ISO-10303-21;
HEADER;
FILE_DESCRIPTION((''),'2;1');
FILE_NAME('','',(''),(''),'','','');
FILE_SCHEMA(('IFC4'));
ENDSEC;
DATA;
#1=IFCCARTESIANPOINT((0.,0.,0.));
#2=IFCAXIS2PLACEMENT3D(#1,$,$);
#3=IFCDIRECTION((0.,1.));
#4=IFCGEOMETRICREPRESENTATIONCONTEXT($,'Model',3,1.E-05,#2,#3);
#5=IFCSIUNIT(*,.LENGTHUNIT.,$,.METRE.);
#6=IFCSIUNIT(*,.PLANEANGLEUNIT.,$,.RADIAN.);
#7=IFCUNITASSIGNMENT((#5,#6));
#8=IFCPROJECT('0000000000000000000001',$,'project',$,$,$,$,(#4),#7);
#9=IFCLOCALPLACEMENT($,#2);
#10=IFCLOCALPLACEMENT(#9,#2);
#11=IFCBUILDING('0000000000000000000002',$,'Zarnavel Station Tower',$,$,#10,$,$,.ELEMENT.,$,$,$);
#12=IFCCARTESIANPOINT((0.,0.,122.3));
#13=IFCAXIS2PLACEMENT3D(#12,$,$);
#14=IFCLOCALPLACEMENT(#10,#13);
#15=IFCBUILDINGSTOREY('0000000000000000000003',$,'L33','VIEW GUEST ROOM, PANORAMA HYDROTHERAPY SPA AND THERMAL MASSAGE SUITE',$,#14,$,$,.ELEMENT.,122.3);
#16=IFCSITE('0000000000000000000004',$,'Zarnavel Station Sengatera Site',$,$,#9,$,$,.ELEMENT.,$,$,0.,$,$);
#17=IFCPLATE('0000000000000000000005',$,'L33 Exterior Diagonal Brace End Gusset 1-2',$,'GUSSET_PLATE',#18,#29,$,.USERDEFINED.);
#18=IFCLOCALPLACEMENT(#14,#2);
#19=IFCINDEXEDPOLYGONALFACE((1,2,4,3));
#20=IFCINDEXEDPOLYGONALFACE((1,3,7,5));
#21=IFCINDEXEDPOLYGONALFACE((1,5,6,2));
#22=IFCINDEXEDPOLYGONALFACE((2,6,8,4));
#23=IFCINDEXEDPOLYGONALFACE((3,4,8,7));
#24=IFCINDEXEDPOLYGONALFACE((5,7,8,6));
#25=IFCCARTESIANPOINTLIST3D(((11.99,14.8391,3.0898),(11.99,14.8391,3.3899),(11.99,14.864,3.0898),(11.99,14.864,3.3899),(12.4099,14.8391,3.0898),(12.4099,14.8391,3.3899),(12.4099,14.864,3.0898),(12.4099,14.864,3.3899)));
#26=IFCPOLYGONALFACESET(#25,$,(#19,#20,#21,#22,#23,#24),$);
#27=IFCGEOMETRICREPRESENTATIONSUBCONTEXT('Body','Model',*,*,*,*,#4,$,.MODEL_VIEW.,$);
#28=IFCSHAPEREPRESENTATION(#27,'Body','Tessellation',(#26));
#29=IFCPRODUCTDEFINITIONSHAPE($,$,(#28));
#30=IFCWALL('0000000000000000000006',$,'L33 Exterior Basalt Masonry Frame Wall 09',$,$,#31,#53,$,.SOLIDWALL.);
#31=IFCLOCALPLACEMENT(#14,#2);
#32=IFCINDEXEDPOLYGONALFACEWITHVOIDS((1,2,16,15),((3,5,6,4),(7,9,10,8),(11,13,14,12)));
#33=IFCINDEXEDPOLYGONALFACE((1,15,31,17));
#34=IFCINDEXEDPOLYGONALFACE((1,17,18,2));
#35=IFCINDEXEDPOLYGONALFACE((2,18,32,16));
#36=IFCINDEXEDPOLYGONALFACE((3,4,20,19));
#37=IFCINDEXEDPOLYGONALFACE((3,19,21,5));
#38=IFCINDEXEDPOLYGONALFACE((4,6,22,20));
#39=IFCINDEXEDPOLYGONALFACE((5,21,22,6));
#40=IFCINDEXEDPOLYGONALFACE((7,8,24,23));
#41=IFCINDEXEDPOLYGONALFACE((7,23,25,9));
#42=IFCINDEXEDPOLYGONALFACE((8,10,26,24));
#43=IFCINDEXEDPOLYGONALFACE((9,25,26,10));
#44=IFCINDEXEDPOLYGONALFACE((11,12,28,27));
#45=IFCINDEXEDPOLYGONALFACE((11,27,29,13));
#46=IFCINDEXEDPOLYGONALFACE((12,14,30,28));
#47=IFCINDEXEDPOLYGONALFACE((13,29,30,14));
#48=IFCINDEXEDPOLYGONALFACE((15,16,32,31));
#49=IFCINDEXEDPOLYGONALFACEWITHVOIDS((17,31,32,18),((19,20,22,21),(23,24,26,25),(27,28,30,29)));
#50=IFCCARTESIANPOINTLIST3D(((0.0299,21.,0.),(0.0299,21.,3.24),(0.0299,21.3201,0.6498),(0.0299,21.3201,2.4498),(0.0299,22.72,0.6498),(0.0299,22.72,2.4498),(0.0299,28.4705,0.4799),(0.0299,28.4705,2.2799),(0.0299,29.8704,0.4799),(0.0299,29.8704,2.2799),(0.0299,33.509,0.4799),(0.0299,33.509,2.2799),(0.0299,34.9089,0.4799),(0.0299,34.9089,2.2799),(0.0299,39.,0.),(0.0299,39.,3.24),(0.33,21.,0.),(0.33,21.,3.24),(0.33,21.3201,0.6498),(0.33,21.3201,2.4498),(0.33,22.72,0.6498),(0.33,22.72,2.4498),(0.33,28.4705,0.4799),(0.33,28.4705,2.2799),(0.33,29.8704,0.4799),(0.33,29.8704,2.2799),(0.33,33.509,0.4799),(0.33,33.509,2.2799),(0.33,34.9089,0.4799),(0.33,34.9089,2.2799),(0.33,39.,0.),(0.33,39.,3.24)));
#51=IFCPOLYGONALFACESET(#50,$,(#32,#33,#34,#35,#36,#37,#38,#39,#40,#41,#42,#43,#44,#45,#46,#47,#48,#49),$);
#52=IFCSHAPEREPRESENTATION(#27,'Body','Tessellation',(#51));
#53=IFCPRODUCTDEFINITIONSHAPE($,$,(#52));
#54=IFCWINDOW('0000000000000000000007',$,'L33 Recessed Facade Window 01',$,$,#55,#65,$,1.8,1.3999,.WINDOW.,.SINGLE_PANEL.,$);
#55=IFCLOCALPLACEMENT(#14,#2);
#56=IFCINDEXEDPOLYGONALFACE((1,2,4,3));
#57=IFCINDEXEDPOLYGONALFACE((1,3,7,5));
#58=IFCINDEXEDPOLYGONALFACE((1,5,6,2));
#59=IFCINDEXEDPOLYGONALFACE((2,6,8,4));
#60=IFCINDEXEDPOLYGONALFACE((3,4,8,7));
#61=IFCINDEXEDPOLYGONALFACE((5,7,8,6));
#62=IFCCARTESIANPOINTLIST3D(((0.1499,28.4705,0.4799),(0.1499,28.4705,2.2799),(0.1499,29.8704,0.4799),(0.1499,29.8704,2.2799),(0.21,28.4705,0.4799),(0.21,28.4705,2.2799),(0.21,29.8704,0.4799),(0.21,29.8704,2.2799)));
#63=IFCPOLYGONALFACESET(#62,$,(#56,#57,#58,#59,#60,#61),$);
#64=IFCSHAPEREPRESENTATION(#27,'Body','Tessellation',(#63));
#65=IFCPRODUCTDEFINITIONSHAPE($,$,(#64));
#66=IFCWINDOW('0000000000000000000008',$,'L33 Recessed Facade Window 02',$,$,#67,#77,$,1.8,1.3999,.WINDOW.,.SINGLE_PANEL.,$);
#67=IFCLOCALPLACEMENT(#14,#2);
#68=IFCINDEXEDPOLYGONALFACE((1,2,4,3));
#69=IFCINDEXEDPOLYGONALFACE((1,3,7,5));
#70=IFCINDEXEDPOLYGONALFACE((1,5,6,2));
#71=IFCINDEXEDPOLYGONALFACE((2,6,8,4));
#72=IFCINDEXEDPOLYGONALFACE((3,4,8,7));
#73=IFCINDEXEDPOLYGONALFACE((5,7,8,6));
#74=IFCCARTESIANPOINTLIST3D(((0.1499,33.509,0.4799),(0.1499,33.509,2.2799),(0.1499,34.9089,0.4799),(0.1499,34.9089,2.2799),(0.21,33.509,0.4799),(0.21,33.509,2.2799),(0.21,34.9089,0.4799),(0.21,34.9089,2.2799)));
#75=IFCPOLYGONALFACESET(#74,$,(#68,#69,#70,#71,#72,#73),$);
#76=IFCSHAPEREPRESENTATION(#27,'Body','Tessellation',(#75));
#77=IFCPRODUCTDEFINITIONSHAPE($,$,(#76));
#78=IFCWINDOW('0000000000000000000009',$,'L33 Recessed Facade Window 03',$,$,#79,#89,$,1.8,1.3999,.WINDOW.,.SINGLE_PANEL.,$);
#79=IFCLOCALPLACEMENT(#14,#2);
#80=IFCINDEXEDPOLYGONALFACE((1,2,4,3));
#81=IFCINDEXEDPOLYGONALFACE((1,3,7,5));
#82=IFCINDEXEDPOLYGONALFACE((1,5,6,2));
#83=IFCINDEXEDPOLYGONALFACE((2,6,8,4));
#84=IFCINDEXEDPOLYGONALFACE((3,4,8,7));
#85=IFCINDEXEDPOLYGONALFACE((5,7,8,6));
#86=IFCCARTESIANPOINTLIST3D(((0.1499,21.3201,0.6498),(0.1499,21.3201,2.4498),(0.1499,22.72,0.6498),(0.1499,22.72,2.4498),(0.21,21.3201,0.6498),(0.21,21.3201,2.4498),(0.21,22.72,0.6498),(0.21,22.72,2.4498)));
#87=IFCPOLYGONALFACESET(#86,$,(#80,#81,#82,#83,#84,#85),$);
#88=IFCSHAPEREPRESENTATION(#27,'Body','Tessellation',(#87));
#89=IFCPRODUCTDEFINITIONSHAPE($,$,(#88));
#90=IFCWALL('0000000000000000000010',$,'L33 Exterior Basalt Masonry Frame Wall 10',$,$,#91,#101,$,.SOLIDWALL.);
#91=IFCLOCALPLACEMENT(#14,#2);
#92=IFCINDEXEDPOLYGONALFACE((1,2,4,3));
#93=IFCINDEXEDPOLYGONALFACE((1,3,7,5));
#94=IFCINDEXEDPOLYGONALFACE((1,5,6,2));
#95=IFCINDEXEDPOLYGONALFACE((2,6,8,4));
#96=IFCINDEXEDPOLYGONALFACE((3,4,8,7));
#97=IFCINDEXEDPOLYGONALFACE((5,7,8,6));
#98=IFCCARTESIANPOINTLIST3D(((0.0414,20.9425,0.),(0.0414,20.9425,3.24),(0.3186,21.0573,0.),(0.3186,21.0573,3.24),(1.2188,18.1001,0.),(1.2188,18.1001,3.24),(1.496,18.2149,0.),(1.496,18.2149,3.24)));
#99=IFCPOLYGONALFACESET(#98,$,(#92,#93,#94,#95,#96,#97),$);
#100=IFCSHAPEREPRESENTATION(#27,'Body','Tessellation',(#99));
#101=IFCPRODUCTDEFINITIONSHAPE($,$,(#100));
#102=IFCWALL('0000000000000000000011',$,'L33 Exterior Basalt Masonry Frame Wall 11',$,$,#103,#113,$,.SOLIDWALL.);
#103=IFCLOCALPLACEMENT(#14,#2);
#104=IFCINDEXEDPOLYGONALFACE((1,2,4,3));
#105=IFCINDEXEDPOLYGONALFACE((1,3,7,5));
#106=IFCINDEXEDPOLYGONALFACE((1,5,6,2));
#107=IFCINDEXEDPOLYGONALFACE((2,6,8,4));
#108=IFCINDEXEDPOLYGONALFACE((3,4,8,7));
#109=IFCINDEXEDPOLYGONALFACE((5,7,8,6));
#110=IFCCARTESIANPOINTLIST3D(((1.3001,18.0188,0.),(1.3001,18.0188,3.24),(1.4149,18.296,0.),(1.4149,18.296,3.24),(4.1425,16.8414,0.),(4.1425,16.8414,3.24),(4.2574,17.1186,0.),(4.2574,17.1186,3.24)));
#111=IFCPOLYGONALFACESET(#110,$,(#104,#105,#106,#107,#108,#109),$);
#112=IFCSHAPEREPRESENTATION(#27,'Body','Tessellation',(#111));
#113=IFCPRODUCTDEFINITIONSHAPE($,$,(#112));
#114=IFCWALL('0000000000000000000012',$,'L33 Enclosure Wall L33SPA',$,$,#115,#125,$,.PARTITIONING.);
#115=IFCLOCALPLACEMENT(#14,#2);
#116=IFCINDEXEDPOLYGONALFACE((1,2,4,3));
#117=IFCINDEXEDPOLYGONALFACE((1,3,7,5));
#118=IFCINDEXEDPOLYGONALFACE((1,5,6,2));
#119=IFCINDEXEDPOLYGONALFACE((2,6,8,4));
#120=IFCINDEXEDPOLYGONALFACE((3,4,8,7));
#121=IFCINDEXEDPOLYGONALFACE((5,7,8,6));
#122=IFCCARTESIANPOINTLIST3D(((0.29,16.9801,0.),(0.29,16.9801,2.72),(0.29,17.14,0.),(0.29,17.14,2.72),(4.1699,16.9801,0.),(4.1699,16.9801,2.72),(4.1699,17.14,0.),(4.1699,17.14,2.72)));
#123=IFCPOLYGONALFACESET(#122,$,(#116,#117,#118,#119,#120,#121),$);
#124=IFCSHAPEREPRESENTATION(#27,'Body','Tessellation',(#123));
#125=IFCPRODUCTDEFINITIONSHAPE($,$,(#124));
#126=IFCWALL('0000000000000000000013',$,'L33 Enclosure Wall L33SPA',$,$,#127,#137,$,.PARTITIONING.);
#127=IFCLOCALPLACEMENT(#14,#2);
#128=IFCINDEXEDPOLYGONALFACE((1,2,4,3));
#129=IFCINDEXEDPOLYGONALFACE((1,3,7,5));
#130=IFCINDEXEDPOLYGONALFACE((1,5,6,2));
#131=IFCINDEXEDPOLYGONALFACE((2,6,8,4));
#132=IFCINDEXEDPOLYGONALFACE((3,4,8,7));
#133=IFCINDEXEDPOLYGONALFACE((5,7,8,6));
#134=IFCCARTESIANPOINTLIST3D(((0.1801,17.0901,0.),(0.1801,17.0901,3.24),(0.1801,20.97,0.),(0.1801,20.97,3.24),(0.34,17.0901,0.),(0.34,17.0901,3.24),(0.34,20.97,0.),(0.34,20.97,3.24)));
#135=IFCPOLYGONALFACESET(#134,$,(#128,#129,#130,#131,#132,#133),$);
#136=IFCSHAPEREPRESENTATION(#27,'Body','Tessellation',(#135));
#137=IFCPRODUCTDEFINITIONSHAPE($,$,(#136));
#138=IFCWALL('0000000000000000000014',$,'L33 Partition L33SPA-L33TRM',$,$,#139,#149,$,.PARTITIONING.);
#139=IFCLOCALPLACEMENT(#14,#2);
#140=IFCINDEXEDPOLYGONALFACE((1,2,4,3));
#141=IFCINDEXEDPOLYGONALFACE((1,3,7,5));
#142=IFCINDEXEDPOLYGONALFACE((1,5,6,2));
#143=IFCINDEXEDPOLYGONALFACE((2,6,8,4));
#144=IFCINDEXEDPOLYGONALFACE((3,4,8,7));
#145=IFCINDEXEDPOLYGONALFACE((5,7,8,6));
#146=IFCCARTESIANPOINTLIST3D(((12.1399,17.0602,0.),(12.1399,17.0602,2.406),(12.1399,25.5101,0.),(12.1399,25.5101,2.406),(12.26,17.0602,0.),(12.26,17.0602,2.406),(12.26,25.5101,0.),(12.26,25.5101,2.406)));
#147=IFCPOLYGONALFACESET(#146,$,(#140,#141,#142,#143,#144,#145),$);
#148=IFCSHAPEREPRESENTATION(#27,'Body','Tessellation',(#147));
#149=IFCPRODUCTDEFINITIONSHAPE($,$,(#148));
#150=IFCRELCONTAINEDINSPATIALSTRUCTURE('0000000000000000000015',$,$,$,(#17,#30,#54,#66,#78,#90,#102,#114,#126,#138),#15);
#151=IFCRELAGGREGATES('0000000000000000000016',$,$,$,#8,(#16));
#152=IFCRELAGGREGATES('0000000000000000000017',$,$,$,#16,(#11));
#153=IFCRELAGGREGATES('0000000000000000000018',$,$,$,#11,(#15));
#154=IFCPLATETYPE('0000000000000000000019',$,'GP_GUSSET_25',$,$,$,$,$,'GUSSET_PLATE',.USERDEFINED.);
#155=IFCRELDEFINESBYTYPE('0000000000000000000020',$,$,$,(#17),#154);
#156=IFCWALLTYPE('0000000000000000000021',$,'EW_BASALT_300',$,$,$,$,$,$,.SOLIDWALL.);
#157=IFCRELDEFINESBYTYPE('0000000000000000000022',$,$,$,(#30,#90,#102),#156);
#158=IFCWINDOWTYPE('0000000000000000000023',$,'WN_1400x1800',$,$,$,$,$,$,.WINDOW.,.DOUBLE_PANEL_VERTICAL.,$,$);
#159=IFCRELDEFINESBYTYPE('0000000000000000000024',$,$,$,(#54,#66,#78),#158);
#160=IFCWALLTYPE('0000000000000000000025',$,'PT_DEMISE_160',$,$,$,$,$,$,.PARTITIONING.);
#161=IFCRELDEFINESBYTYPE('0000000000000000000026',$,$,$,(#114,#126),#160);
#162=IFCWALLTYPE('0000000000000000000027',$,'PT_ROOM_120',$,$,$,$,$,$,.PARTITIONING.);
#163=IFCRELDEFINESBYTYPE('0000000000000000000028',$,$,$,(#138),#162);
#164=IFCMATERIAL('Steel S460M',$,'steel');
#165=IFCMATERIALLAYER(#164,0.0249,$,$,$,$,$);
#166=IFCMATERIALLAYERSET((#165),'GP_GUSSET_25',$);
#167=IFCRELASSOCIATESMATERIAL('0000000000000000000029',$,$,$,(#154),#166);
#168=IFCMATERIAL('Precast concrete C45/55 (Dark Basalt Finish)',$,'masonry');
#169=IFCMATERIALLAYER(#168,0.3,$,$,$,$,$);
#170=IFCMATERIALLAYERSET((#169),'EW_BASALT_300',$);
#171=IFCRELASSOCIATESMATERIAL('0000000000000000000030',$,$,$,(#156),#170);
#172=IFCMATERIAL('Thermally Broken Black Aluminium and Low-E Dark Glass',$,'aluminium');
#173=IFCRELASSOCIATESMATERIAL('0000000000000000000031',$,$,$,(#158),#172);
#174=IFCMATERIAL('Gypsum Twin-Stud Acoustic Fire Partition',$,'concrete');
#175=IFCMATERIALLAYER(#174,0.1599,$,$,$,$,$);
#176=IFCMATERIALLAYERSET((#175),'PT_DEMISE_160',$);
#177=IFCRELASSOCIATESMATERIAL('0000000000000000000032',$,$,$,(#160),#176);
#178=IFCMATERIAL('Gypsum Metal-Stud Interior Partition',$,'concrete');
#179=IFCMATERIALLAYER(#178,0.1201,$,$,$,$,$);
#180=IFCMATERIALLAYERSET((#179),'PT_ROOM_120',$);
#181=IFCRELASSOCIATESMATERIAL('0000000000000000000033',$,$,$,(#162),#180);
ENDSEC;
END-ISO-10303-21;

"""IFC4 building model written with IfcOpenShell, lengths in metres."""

from ifc_helpers import new_model, si_unit, direction, frame, frame_2d, origin, origin_2d, place, context, subcontext, project, spatial, rectangle, extrude, material, layer, layer_set, type_object, element, fill, save


model = new_model("IFC4")

# Units and contexts
model_context = context("Model", 3, precision=1e-05, world=origin(), true_north=direction((0.0, 1.0)))
body_context = subcontext(model_context, "Body", "Model", "MODEL_VIEW")
ifc_project = project(units=[si_unit("LENGTHUNIT", "METRE"), si_unit("PLANEANGLEUNIT", "RADIAN")], contexts=[model_context])

# Site, building, storey
site_placement = place(None, origin())
site = spatial("IfcSite", under=ifc_project, at=site_placement, Name="Zarnavel Station Sengatera Site", CompositionType="ELEMENT", RefElevation=0.0)
building_placement = place(site_placement, origin())
building = spatial("IfcBuilding", under=site, at=building_placement, Name="Zarnavel Station Tower", CompositionType="ELEMENT")
storey_placement = place(building_placement, frame((0.0, 0.0, 122.3)))
storey = spatial("IfcBuildingStorey", under=building, at=storey_placement, Name="L33", Description="VIEW GUEST ROOM, PANORAMA HYDROTHERAPY SPA AND THERMAL MASSAGE SUITE", CompositionType="ELEMENT", Elevation=122.3)

# Plate
ifc_material_1 = material(Name="Steel S460M", Category="steel")
ifc_layer_1 = layer(ifc_material_1, 0.0249)
ifc_layer_set_1 = layer_set([ifc_layer_1], Name="GP_GUSSET_25")
plate_type = type_object("IfcPlateType", Name="GP_GUSSET_25", ElementType="GUSSET_PLATE", PredefinedType="USERDEFINED", material=ifc_layer_set_1)
plate_placement = place(storey_placement, frame((12.2, 14.8516, 3.0898), z_axis=(0.0, 0.0, 1.0), x_axis=(1.0, 0.0, 0.0)))
element("IfcPlate", 1, at=plate_placement, inside=storey, type_object=plate_type, Name="L33 Exterior Diagonal Brace End Gusset 1-2", ObjectType="GUSSET_PLATE", PredefinedType="USERDEFINED", context=body_context, shape_type="SweptSolid", body=[
    extrude(rectangle(XDim=0.4199, YDim=0.0249, at=origin_2d()), origin(), (0.0, 0.0, 1.0), 0.3),
])

# Wall, openings, windows
ifc_material_2 = material(Name="Precast concrete C45/55 (Dark Basalt Finish)", Category="masonry")
ifc_layer_2 = layer(ifc_material_2, 0.3)
ifc_layer_set_2 = layer_set([ifc_layer_2], Name="EW_BASALT_300")
wall_type_1 = type_object("IfcWallType", Name="EW_BASALT_300", PredefinedType="SOLIDWALL", material=ifc_layer_set_2)
wall_1_placement = place(storey_placement, frame((0.1799, 21.0, 0.0), z_axis=(0.0, 0.0, 1.0), x_axis=(0.0, 1.0, 0.0)))
wall_1 = element("IfcWall", 2, at=wall_1_placement, inside=storey, type_object=wall_type_1, Name="L33 Exterior Basalt Masonry Frame Wall 09", PredefinedType="SOLIDWALL", context=body_context, shape_type="SweptSolid", body=[
    extrude(rectangle(XDim=18.0, YDim=0.3, at=frame_2d((9.0, 0.0))), origin(), (0.0, 0.0, 1.0), 3.24),
])
opening_1_placement = place(wall_1_placement, frame((7.4705, 0.0, 0.48)))
opening_1 = element("IfcOpeningElement", 3, at=opening_1_placement, cuts=wall_1, PredefinedType="OPENING", context=body_context, shape_type="SweptSolid", body=[
    extrude(rectangle(XDim=1.3999, YDim=1.8, at=frame_2d((0.7, 0.8999))), frame((0.0, 0.1599, 0.0), z_axis=(0.0, -1.0, 0.0), x_axis=(1.0, 0.0, 0.0)), (0.0, 0.0, 1.0), 0.3201),
])
opening_2_placement = place(wall_1_placement, frame((12.509, 0.0, 0.48)))
opening_2 = element("IfcOpeningElement", 4, at=opening_2_placement, cuts=wall_1, PredefinedType="OPENING", context=body_context, shape_type="SweptSolid", body=[
    extrude(rectangle(XDim=1.3999, YDim=1.8, at=frame_2d((0.7, 0.8999))), frame((0.0, 0.1599, 0.0), z_axis=(0.0, -1.0, 0.0), x_axis=(1.0, 0.0, 0.0)), (0.0, 0.0, 1.0), 0.3201),
])
opening_3_placement = place(wall_1_placement, frame((0.3201, 0.0, 0.6499)))
opening_3 = element("IfcOpeningElement", 5, at=opening_3_placement, cuts=wall_1, PredefinedType="OPENING", context=body_context, shape_type="SweptSolid", body=[
    extrude(rectangle(XDim=1.3999, YDim=1.8, at=frame_2d((0.7, 0.8999))), frame((0.0, 0.1599, 0.0), z_axis=(0.0, -1.0, 0.0), x_axis=(1.0, 0.0, 0.0)), (0.0, 0.0, 1.0), 0.3201),
])
ifc_material_3 = material(Name="Thermally Broken Black Aluminium and Low-E Dark Glass", Category="aluminium")
window_type = type_object("IfcWindowType", Name="WN_1400x1800", PartitioningType="DOUBLE_PANEL_VERTICAL", PredefinedType="WINDOW", material=ifc_material_3)
window_1_placement = place(opening_1_placement, origin())
window_1 = element("IfcWindow", 6, at=window_1_placement, inside=storey, type_object=window_type, Name="L33 Recessed Facade Window 01", OverallHeight=1.8, OverallWidth=1.3999, PartitioningType="SINGLE_PANEL", PredefinedType="WINDOW", context=body_context, shape_type="SweptSolid", body=[
    extrude(rectangle(XDim=1.3999, YDim=1.8, at=frame_2d((0.7, 0.8999))), frame((0.0, 0.03, 0.0), z_axis=(0.0, -1.0, 0.0), x_axis=(1.0, 0.0, 0.0)), (0.0, 0.0, 1.0), 0.0601),
])
fill(opening_1, window_1)
window_2_placement = place(opening_2_placement, origin())
window_2 = element("IfcWindow", 7, at=window_2_placement, inside=storey, type_object=window_type, Name="L33 Recessed Facade Window 02", OverallHeight=1.8, OverallWidth=1.3999, PartitioningType="SINGLE_PANEL", PredefinedType="WINDOW", context=body_context, shape_type="SweptSolid", body=[
    extrude(rectangle(XDim=1.3999, YDim=1.8, at=frame_2d((0.7, 0.8999))), frame((0.0, 0.03, 0.0), z_axis=(0.0, -1.0, 0.0), x_axis=(1.0, 0.0, 0.0)), (0.0, 0.0, 1.0), 0.0601),
])
fill(opening_2, window_2)
window_3_placement = place(opening_3_placement, origin())
window_3 = element("IfcWindow", 8, at=window_3_placement, inside=storey, type_object=window_type, Name="L33 Recessed Facade Window 03", OverallHeight=1.8, OverallWidth=1.3999, PartitioningType="SINGLE_PANEL", PredefinedType="WINDOW", context=body_context, shape_type="SweptSolid", body=[
    extrude(rectangle(XDim=1.3999, YDim=1.8, at=frame_2d((0.7, 0.8999))), frame((0.0, 0.03, 0.0), z_axis=(0.0, -1.0, 0.0), x_axis=(1.0, 0.0, 0.0)), (0.0, 0.0, 1.0), 0.0601),
])
fill(opening_3, window_3)

# Walls
for number, where, z_axis, x_axis, name in (
    (9, (1.3574, 18.1575, 0.0), (0.0, 0.0, 1.0), (-0.382705, 0.923871, 0.0), "L33 Exterior Basalt Masonry Frame Wall 10"),
    (10, (4.2, 16.98, 0.0), (0.0, 0.0, 1.0), (-0.923871, 0.382705, 0.0), "L33 Exterior Basalt Masonry Frame Wall 11"),
):
    element("IfcWall", number, at=place(storey_placement, frame(where, z_axis=z_axis, x_axis=x_axis)), inside=storey, type_object=wall_type_1, Name=name, PredefinedType="SOLIDWALL", context=body_context, shape_type="SweptSolid", body=[
        extrude(rectangle(XDim=3.0767, YDim=0.3, at=frame_2d((1.5383, 0.0))), origin(), (0.0, 0.0, 1.0), 3.24),
    ])
ifc_material_4 = material(Name="Gypsum Twin-Stud Acoustic Fire Partition", Category="concrete")
ifc_layer_3 = layer(ifc_material_4, 0.1599)
ifc_layer_set_3 = layer_set([ifc_layer_3], Name="PT_DEMISE_160")
wall_type_2 = type_object("IfcWallType", Name="PT_DEMISE_160", PredefinedType="PARTITIONING", material=ifc_layer_set_3)
wall_2_placement = place(storey_placement, frame((0.29, 17.0601, 0.0), z_axis=(0.0, 0.0, 1.0), x_axis=(1.0, 0.0, 0.0)))
element("IfcWall", 11, at=wall_2_placement, inside=storey, type_object=wall_type_2, Name="L33 Enclosure Wall L33SPA", PredefinedType="PARTITIONING", context=body_context, shape_type="SweptSolid", body=[
    extrude(rectangle(XDim=3.8799, YDim=0.1599, at=frame_2d((1.9399, 0.0))), origin(), (0.0, 0.0, 1.0), 2.72),
])
wall_3_placement = place(storey_placement, frame((0.26, 17.0901, 0.0), z_axis=(0.0, 0.0, 1.0), x_axis=(0.0, 1.0, 0.0)))
element("IfcWall", 12, at=wall_3_placement, inside=storey, type_object=wall_type_2, Name="L33 Enclosure Wall L33SPA", PredefinedType="PARTITIONING", context=body_context, shape_type="SweptSolid", body=[
    extrude(rectangle(XDim=3.8799, YDim=0.1599, at=frame_2d((1.9399, 0.0))), origin(), (0.0, 0.0, 1.0), 3.24),
])
ifc_material_5 = material(Name="Gypsum Metal-Stud Interior Partition", Category="concrete")
ifc_layer_4 = layer(ifc_material_5, 0.1201)
ifc_layer_set_4 = layer_set([ifc_layer_4], Name="PT_ROOM_120")
wall_type_3 = type_object("IfcWallType", Name="PT_ROOM_120", PredefinedType="PARTITIONING", material=ifc_layer_set_4)
wall_4_placement = place(storey_placement, frame((12.2, 17.0601, 0.0), z_axis=(0.0, 0.0, 1.0), x_axis=(0.0, 1.0, 0.0)))
element("IfcWall", 13, at=wall_4_placement, inside=storey, type_object=wall_type_3, Name="L33 Partition L33SPA-L33TRM", PredefinedType="PARTITIONING", context=body_context, shape_type="SweptSolid", body=[
    extrude(rectangle(XDim=8.45, YDim=0.1201, at=frame_2d((4.2251, 0.0))), origin(), (0.0, 0.0, 1.0), 2.406),
])

save(model, "model.ifc")
